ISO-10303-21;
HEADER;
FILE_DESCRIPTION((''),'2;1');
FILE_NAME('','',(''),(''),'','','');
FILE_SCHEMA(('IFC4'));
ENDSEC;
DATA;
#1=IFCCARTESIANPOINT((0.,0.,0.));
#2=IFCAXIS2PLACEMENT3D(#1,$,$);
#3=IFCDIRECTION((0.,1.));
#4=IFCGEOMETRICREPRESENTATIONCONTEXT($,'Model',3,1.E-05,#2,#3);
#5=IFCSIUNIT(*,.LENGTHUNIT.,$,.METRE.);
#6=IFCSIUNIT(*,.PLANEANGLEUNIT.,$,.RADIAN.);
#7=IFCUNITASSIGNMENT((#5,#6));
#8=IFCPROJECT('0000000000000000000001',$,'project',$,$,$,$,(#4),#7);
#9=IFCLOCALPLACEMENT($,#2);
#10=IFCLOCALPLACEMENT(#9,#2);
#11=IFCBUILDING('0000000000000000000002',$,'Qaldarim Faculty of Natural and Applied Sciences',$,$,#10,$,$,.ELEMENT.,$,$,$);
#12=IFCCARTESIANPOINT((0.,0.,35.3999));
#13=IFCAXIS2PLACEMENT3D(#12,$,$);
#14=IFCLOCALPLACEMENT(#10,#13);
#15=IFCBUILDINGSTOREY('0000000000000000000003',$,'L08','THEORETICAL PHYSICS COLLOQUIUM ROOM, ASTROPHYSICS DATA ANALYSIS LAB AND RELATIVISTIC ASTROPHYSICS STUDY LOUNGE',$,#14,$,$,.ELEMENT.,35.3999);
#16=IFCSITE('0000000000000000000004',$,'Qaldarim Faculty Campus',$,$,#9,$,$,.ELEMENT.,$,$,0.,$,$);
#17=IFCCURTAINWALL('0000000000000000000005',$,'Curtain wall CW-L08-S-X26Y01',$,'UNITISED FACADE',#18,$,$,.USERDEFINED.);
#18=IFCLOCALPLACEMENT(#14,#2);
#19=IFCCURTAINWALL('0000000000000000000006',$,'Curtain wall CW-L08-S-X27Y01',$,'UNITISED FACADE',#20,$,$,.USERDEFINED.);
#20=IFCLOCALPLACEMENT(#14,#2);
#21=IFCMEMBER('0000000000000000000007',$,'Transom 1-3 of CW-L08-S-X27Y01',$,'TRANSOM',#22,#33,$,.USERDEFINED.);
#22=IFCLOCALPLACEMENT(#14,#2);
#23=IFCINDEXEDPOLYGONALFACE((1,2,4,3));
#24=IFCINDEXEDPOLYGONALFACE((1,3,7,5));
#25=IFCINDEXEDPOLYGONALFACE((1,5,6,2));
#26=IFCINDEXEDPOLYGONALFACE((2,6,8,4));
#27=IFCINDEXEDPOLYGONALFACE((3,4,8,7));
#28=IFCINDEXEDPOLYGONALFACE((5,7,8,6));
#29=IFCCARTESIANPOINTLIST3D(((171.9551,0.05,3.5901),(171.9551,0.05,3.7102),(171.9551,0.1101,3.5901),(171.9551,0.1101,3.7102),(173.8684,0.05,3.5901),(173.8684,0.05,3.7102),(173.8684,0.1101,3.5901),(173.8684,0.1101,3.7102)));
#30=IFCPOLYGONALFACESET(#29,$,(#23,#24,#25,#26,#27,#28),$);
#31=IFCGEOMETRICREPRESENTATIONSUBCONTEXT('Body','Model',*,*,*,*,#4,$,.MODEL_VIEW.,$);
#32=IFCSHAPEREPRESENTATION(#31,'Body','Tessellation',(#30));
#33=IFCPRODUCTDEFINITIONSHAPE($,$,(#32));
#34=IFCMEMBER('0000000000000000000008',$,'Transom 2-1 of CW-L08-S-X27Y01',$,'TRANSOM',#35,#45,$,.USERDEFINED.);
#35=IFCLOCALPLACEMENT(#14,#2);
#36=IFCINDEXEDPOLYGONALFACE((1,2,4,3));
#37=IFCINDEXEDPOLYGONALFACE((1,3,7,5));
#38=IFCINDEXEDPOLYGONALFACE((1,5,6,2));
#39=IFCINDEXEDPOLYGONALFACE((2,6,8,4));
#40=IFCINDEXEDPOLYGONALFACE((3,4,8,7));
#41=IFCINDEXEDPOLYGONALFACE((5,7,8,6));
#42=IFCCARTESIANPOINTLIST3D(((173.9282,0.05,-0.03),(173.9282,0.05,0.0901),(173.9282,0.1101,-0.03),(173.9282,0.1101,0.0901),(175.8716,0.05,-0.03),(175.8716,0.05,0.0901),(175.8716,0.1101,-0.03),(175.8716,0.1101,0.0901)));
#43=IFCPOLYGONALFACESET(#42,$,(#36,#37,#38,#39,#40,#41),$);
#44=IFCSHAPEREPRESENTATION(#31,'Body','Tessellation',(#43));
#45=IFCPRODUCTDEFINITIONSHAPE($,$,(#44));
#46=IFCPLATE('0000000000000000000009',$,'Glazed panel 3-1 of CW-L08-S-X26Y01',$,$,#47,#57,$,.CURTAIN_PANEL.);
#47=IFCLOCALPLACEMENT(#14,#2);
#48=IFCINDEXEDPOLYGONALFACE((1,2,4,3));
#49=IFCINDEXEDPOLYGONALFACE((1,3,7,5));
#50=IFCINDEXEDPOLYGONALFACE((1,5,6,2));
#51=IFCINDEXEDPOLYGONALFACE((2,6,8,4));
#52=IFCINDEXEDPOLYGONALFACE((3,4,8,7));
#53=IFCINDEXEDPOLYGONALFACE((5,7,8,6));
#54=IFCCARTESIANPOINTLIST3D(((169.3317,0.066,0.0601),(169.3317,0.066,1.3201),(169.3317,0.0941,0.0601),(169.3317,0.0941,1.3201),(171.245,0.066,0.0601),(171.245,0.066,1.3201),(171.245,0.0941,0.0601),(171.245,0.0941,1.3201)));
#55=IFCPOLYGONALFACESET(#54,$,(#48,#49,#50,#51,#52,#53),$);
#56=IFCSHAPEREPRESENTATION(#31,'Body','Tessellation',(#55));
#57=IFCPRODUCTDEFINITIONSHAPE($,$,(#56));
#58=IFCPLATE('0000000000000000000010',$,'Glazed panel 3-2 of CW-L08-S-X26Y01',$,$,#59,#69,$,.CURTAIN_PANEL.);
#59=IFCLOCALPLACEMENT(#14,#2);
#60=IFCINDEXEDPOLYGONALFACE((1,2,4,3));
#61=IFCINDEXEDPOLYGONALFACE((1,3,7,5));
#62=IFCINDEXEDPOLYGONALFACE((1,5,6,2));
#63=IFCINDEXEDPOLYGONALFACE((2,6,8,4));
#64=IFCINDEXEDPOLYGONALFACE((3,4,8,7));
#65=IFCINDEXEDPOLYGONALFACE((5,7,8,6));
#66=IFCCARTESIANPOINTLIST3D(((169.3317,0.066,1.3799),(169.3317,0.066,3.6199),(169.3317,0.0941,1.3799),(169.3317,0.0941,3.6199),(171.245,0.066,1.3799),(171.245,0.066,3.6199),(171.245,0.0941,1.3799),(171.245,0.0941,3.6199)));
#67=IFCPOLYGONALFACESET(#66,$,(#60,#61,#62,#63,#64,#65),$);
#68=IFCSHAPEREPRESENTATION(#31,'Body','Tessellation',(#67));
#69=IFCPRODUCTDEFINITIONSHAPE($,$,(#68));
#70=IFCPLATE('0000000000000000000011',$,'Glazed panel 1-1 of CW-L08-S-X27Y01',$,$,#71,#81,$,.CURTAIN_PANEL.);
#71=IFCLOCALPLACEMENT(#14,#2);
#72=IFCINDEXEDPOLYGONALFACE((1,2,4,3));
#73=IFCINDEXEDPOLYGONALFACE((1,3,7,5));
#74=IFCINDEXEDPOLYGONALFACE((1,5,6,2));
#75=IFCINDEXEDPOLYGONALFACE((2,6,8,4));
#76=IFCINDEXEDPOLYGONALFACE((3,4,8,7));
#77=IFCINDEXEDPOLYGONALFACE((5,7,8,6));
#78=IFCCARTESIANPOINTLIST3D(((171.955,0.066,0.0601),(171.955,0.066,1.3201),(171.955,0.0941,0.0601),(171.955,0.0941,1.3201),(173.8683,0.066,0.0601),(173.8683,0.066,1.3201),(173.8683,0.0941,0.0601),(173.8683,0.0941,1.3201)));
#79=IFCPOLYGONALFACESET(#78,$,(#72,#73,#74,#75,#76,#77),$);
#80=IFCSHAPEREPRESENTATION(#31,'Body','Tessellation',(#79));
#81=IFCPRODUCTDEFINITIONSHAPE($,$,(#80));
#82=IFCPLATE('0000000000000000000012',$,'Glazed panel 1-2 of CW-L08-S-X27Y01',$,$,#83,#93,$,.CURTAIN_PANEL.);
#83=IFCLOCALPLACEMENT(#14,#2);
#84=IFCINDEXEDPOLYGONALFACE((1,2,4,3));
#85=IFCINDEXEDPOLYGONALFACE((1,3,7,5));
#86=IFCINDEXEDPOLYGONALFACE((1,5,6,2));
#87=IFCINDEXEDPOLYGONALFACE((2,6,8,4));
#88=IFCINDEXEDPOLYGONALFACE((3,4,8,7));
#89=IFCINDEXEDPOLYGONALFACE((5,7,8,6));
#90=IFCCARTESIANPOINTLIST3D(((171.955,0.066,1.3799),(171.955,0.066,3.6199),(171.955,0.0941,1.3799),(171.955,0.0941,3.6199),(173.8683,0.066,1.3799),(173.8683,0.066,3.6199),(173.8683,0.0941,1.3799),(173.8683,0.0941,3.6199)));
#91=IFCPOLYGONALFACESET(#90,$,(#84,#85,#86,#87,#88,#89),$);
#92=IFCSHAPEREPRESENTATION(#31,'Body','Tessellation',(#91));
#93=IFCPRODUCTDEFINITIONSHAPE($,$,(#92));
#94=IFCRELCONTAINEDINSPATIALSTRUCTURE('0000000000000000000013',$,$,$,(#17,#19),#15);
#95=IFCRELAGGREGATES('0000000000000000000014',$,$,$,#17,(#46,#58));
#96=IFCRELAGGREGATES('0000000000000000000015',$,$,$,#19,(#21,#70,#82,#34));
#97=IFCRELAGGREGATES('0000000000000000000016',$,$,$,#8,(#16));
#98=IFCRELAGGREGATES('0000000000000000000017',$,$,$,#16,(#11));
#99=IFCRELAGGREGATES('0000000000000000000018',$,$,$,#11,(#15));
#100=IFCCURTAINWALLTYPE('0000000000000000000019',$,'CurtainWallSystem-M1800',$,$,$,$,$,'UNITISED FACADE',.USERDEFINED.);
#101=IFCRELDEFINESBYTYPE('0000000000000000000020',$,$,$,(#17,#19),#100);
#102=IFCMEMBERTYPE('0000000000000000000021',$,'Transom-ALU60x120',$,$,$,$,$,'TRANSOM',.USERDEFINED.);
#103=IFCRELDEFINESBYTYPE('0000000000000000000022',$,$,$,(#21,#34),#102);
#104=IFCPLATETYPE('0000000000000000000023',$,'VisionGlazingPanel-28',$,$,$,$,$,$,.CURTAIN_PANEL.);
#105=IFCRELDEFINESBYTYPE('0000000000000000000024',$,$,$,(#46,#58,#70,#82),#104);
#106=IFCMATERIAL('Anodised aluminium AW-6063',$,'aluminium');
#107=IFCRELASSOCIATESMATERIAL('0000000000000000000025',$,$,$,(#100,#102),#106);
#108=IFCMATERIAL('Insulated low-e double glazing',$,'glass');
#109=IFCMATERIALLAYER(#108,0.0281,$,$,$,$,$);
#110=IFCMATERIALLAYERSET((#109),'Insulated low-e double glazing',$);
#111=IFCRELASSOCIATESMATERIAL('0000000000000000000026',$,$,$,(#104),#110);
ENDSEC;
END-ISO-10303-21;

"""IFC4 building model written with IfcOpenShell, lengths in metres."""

from ifc_helpers import new_model, si_unit, direction, frame, origin, origin_2d, place, context, subcontext, project, spatial, rectangle, extrude, material, layer, layer_set, material_profile, profile_set, type_object, element, aggregate, save


model = new_model("IFC4")

# Units and contexts
model_context = context("Model", 3, precision=1e-05, world=origin(), true_north=direction((0.0, 1.0)))
body_context = subcontext(model_context, "Body", "Model", "MODEL_VIEW")
ifc_project = project(units=[si_unit("LENGTHUNIT", "METRE"), si_unit("PLANEANGLEUNIT", "RADIAN")], contexts=[model_context])

# Site, building, storey
site_placement = place(None, origin())
site = spatial("IfcSite", under=ifc_project, at=site_placement, Name="Qaldarim Faculty Campus", CompositionType="ELEMENT", RefElevation=0.0)
building_placement = place(site_placement, origin())
building = spatial("IfcBuilding", under=site, at=building_placement, Name="Qaldarim Faculty of Natural and Applied Sciences", CompositionType="ELEMENT")
storey_placement = place(building_placement, frame((0.0, 0.0, 35.3999)))
storey = spatial("IfcBuildingStorey", under=building, at=storey_placement, Name="L08", Description="THEORETICAL PHYSICS COLLOQUIUM ROOM, ASTROPHYSICS DATA ANALYSIS LAB AND RELATIVISTIC ASTROPHYSICS STUDY LOUNGE", CompositionType="ELEMENT", Elevation=35.3999)

# Curtain wall
ifc_material_1 = material(Name="Anodised aluminium AW-6063", Category="aluminium")
curtain_wall_type = type_object("IfcCurtainWallType", Name="CurtainWallSystem-M1800", ElementType="UNITISED FACADE", PredefinedType="USERDEFINED", material=ifc_material_1)
curtain_wall_1_placement = place(storey_placement, origin())
curtain_wall_1 = element("IfcCurtainWall", 1, at=curtain_wall_1_placement, inside=storey, type_object=curtain_wall_type, Name="Curtain wall CW-L08-S-X26Y01", ObjectType="UNITISED FACADE", PredefinedType="USERDEFINED")

# Curtain wall
curtain_wall_2_placement = place(storey_placement, origin())
curtain_wall_2 = element("IfcCurtainWall", 2, at=curtain_wall_2_placement, inside=storey, type_object=curtain_wall_type, Name="Curtain wall CW-L08-S-X27Y01", ObjectType="UNITISED FACADE", PredefinedType="USERDEFINED")

# Members
ifc_material_profile_1 = material_profile(ifc_material_1, rectangle(XDim=0.0601, YDim=0.1201, at=origin_2d()), Name="ALU-T60x120")
ifc_profile_set_1 = profile_set([ifc_material_profile_1], Name="Anodised aluminium AW-6063")
member_type_1 = type_object("IfcMemberType", Name="Transom-ALU60x120", ElementType="TRANSOM", PredefinedType="USERDEFINED", material=ifc_profile_set_1)
member_1_placement = place(storey_placement, frame((171.9551, 0.0801, 3.6501), z_axis=(1.0, 0.0, 0.0), x_axis=(0.0, 1.0, 0.0)))
member_1 = element("IfcMember", 3, at=member_1_placement, type_object=member_type_1, Name="Transom 1-3 of CW-L08-S-X27Y01", ObjectType="TRANSOM", PredefinedType="USERDEFINED", context=body_context, shape_type="SweptSolid", body=[
    extrude(rectangle(XDim=0.0601, YDim=0.1201, at=origin_2d()), origin(), (0.0, 0.0, 1.0), 1.9133),
])
member_2_placement = place(storey_placement, frame((173.9282, 0.0801, 0.03), z_axis=(1.0, 0.0, 0.0), x_axis=(0.0, 1.0, 0.0)))
member_2 = element("IfcMember", 4, at=member_2_placement, type_object=member_type_1, Name="Transom 2-1 of CW-L08-S-X27Y01", ObjectType="TRANSOM", PredefinedType="USERDEFINED", context=body_context, shape_type="SweptSolid", body=[
    extrude(rectangle(XDim=0.0601, YDim=0.1201, at=origin_2d()), origin(), (0.0, 0.0, 1.0), 1.9434),
])

# Plates
ifc_material_2 = material(Name="Insulated low-e double glazing", Category="glass")
ifc_layer = layer(ifc_material_2, 0.0281)
ifc_layer_set = layer_set([ifc_layer], Name="Insulated low-e double glazing")
plate_type = type_object("IfcPlateType", Name="VisionGlazingPanel-28", PredefinedType="CURTAIN_PANEL", material=ifc_layer_set)
plate_1_placement = place(storey_placement, frame((170.2883, 0.0801, 0.0601), z_axis=(0.0, 0.0, 1.0), x_axis=(1.0, 0.0, 0.0)))
plate_1 = element("IfcPlate", 5, at=plate_1_placement, type_object=plate_type, Name="Glazed panel 3-1 of CW-L08-S-X26Y01", PredefinedType="CURTAIN_PANEL", context=body_context, shape_type="SweptSolid", body=[
    extrude(rectangle(XDim=1.9133, YDim=0.0281, at=origin_2d()), origin(), (0.0, 0.0, 1.0), 1.26),
])
plate_2_placement = place(storey_placement, frame((170.2883, 0.0801, 1.3799), z_axis=(0.0, 0.0, 1.0), x_axis=(1.0, 0.0, 0.0)))
plate_2 = element("IfcPlate", 6, at=plate_2_placement, type_object=plate_type, Name="Glazed panel 3-2 of CW-L08-S-X26Y01", PredefinedType="CURTAIN_PANEL", context=body_context, shape_type="SweptSolid", body=[
    extrude(rectangle(XDim=1.9133, YDim=0.0281, at=origin_2d()), origin(), (0.0, 0.0, 1.0), 2.24),
])
aggregate(curtain_wall_1, [plate_1, plate_2])
plate_3_placement = place(storey_placement, frame((172.9116, 0.0801, 0.0601), z_axis=(0.0, 0.0, 1.0), x_axis=(1.0, 0.0, 0.0)))
plate_3 = element("IfcPlate", 7, at=plate_3_placement, type_object=plate_type, Name="Glazed panel 1-1 of CW-L08-S-X27Y01", PredefinedType="CURTAIN_PANEL", context=body_context, shape_type="SweptSolid", body=[
    extrude(rectangle(XDim=1.9133, YDim=0.0281, at=origin_2d()), origin(), (0.0, 0.0, 1.0), 1.26),
])
plate_4_placement = place(storey_placement, frame((172.9116, 0.0801, 1.3799), z_axis=(0.0, 0.0, 1.0), x_axis=(1.0, 0.0, 0.0)))
plate_4 = element("IfcPlate", 8, at=plate_4_placement, type_object=plate_type, Name="Glazed panel 1-2 of CW-L08-S-X27Y01", PredefinedType="CURTAIN_PANEL", context=body_context, shape_type="SweptSolid", body=[
    extrude(rectangle(XDim=1.9133, YDim=0.0281, at=origin_2d()), origin(), (0.0, 0.0, 1.0), 2.24),
])
aggregate(curtain_wall_2, [member_1, plate_3, plate_4, member_2])

save(model, "model.ifc")
